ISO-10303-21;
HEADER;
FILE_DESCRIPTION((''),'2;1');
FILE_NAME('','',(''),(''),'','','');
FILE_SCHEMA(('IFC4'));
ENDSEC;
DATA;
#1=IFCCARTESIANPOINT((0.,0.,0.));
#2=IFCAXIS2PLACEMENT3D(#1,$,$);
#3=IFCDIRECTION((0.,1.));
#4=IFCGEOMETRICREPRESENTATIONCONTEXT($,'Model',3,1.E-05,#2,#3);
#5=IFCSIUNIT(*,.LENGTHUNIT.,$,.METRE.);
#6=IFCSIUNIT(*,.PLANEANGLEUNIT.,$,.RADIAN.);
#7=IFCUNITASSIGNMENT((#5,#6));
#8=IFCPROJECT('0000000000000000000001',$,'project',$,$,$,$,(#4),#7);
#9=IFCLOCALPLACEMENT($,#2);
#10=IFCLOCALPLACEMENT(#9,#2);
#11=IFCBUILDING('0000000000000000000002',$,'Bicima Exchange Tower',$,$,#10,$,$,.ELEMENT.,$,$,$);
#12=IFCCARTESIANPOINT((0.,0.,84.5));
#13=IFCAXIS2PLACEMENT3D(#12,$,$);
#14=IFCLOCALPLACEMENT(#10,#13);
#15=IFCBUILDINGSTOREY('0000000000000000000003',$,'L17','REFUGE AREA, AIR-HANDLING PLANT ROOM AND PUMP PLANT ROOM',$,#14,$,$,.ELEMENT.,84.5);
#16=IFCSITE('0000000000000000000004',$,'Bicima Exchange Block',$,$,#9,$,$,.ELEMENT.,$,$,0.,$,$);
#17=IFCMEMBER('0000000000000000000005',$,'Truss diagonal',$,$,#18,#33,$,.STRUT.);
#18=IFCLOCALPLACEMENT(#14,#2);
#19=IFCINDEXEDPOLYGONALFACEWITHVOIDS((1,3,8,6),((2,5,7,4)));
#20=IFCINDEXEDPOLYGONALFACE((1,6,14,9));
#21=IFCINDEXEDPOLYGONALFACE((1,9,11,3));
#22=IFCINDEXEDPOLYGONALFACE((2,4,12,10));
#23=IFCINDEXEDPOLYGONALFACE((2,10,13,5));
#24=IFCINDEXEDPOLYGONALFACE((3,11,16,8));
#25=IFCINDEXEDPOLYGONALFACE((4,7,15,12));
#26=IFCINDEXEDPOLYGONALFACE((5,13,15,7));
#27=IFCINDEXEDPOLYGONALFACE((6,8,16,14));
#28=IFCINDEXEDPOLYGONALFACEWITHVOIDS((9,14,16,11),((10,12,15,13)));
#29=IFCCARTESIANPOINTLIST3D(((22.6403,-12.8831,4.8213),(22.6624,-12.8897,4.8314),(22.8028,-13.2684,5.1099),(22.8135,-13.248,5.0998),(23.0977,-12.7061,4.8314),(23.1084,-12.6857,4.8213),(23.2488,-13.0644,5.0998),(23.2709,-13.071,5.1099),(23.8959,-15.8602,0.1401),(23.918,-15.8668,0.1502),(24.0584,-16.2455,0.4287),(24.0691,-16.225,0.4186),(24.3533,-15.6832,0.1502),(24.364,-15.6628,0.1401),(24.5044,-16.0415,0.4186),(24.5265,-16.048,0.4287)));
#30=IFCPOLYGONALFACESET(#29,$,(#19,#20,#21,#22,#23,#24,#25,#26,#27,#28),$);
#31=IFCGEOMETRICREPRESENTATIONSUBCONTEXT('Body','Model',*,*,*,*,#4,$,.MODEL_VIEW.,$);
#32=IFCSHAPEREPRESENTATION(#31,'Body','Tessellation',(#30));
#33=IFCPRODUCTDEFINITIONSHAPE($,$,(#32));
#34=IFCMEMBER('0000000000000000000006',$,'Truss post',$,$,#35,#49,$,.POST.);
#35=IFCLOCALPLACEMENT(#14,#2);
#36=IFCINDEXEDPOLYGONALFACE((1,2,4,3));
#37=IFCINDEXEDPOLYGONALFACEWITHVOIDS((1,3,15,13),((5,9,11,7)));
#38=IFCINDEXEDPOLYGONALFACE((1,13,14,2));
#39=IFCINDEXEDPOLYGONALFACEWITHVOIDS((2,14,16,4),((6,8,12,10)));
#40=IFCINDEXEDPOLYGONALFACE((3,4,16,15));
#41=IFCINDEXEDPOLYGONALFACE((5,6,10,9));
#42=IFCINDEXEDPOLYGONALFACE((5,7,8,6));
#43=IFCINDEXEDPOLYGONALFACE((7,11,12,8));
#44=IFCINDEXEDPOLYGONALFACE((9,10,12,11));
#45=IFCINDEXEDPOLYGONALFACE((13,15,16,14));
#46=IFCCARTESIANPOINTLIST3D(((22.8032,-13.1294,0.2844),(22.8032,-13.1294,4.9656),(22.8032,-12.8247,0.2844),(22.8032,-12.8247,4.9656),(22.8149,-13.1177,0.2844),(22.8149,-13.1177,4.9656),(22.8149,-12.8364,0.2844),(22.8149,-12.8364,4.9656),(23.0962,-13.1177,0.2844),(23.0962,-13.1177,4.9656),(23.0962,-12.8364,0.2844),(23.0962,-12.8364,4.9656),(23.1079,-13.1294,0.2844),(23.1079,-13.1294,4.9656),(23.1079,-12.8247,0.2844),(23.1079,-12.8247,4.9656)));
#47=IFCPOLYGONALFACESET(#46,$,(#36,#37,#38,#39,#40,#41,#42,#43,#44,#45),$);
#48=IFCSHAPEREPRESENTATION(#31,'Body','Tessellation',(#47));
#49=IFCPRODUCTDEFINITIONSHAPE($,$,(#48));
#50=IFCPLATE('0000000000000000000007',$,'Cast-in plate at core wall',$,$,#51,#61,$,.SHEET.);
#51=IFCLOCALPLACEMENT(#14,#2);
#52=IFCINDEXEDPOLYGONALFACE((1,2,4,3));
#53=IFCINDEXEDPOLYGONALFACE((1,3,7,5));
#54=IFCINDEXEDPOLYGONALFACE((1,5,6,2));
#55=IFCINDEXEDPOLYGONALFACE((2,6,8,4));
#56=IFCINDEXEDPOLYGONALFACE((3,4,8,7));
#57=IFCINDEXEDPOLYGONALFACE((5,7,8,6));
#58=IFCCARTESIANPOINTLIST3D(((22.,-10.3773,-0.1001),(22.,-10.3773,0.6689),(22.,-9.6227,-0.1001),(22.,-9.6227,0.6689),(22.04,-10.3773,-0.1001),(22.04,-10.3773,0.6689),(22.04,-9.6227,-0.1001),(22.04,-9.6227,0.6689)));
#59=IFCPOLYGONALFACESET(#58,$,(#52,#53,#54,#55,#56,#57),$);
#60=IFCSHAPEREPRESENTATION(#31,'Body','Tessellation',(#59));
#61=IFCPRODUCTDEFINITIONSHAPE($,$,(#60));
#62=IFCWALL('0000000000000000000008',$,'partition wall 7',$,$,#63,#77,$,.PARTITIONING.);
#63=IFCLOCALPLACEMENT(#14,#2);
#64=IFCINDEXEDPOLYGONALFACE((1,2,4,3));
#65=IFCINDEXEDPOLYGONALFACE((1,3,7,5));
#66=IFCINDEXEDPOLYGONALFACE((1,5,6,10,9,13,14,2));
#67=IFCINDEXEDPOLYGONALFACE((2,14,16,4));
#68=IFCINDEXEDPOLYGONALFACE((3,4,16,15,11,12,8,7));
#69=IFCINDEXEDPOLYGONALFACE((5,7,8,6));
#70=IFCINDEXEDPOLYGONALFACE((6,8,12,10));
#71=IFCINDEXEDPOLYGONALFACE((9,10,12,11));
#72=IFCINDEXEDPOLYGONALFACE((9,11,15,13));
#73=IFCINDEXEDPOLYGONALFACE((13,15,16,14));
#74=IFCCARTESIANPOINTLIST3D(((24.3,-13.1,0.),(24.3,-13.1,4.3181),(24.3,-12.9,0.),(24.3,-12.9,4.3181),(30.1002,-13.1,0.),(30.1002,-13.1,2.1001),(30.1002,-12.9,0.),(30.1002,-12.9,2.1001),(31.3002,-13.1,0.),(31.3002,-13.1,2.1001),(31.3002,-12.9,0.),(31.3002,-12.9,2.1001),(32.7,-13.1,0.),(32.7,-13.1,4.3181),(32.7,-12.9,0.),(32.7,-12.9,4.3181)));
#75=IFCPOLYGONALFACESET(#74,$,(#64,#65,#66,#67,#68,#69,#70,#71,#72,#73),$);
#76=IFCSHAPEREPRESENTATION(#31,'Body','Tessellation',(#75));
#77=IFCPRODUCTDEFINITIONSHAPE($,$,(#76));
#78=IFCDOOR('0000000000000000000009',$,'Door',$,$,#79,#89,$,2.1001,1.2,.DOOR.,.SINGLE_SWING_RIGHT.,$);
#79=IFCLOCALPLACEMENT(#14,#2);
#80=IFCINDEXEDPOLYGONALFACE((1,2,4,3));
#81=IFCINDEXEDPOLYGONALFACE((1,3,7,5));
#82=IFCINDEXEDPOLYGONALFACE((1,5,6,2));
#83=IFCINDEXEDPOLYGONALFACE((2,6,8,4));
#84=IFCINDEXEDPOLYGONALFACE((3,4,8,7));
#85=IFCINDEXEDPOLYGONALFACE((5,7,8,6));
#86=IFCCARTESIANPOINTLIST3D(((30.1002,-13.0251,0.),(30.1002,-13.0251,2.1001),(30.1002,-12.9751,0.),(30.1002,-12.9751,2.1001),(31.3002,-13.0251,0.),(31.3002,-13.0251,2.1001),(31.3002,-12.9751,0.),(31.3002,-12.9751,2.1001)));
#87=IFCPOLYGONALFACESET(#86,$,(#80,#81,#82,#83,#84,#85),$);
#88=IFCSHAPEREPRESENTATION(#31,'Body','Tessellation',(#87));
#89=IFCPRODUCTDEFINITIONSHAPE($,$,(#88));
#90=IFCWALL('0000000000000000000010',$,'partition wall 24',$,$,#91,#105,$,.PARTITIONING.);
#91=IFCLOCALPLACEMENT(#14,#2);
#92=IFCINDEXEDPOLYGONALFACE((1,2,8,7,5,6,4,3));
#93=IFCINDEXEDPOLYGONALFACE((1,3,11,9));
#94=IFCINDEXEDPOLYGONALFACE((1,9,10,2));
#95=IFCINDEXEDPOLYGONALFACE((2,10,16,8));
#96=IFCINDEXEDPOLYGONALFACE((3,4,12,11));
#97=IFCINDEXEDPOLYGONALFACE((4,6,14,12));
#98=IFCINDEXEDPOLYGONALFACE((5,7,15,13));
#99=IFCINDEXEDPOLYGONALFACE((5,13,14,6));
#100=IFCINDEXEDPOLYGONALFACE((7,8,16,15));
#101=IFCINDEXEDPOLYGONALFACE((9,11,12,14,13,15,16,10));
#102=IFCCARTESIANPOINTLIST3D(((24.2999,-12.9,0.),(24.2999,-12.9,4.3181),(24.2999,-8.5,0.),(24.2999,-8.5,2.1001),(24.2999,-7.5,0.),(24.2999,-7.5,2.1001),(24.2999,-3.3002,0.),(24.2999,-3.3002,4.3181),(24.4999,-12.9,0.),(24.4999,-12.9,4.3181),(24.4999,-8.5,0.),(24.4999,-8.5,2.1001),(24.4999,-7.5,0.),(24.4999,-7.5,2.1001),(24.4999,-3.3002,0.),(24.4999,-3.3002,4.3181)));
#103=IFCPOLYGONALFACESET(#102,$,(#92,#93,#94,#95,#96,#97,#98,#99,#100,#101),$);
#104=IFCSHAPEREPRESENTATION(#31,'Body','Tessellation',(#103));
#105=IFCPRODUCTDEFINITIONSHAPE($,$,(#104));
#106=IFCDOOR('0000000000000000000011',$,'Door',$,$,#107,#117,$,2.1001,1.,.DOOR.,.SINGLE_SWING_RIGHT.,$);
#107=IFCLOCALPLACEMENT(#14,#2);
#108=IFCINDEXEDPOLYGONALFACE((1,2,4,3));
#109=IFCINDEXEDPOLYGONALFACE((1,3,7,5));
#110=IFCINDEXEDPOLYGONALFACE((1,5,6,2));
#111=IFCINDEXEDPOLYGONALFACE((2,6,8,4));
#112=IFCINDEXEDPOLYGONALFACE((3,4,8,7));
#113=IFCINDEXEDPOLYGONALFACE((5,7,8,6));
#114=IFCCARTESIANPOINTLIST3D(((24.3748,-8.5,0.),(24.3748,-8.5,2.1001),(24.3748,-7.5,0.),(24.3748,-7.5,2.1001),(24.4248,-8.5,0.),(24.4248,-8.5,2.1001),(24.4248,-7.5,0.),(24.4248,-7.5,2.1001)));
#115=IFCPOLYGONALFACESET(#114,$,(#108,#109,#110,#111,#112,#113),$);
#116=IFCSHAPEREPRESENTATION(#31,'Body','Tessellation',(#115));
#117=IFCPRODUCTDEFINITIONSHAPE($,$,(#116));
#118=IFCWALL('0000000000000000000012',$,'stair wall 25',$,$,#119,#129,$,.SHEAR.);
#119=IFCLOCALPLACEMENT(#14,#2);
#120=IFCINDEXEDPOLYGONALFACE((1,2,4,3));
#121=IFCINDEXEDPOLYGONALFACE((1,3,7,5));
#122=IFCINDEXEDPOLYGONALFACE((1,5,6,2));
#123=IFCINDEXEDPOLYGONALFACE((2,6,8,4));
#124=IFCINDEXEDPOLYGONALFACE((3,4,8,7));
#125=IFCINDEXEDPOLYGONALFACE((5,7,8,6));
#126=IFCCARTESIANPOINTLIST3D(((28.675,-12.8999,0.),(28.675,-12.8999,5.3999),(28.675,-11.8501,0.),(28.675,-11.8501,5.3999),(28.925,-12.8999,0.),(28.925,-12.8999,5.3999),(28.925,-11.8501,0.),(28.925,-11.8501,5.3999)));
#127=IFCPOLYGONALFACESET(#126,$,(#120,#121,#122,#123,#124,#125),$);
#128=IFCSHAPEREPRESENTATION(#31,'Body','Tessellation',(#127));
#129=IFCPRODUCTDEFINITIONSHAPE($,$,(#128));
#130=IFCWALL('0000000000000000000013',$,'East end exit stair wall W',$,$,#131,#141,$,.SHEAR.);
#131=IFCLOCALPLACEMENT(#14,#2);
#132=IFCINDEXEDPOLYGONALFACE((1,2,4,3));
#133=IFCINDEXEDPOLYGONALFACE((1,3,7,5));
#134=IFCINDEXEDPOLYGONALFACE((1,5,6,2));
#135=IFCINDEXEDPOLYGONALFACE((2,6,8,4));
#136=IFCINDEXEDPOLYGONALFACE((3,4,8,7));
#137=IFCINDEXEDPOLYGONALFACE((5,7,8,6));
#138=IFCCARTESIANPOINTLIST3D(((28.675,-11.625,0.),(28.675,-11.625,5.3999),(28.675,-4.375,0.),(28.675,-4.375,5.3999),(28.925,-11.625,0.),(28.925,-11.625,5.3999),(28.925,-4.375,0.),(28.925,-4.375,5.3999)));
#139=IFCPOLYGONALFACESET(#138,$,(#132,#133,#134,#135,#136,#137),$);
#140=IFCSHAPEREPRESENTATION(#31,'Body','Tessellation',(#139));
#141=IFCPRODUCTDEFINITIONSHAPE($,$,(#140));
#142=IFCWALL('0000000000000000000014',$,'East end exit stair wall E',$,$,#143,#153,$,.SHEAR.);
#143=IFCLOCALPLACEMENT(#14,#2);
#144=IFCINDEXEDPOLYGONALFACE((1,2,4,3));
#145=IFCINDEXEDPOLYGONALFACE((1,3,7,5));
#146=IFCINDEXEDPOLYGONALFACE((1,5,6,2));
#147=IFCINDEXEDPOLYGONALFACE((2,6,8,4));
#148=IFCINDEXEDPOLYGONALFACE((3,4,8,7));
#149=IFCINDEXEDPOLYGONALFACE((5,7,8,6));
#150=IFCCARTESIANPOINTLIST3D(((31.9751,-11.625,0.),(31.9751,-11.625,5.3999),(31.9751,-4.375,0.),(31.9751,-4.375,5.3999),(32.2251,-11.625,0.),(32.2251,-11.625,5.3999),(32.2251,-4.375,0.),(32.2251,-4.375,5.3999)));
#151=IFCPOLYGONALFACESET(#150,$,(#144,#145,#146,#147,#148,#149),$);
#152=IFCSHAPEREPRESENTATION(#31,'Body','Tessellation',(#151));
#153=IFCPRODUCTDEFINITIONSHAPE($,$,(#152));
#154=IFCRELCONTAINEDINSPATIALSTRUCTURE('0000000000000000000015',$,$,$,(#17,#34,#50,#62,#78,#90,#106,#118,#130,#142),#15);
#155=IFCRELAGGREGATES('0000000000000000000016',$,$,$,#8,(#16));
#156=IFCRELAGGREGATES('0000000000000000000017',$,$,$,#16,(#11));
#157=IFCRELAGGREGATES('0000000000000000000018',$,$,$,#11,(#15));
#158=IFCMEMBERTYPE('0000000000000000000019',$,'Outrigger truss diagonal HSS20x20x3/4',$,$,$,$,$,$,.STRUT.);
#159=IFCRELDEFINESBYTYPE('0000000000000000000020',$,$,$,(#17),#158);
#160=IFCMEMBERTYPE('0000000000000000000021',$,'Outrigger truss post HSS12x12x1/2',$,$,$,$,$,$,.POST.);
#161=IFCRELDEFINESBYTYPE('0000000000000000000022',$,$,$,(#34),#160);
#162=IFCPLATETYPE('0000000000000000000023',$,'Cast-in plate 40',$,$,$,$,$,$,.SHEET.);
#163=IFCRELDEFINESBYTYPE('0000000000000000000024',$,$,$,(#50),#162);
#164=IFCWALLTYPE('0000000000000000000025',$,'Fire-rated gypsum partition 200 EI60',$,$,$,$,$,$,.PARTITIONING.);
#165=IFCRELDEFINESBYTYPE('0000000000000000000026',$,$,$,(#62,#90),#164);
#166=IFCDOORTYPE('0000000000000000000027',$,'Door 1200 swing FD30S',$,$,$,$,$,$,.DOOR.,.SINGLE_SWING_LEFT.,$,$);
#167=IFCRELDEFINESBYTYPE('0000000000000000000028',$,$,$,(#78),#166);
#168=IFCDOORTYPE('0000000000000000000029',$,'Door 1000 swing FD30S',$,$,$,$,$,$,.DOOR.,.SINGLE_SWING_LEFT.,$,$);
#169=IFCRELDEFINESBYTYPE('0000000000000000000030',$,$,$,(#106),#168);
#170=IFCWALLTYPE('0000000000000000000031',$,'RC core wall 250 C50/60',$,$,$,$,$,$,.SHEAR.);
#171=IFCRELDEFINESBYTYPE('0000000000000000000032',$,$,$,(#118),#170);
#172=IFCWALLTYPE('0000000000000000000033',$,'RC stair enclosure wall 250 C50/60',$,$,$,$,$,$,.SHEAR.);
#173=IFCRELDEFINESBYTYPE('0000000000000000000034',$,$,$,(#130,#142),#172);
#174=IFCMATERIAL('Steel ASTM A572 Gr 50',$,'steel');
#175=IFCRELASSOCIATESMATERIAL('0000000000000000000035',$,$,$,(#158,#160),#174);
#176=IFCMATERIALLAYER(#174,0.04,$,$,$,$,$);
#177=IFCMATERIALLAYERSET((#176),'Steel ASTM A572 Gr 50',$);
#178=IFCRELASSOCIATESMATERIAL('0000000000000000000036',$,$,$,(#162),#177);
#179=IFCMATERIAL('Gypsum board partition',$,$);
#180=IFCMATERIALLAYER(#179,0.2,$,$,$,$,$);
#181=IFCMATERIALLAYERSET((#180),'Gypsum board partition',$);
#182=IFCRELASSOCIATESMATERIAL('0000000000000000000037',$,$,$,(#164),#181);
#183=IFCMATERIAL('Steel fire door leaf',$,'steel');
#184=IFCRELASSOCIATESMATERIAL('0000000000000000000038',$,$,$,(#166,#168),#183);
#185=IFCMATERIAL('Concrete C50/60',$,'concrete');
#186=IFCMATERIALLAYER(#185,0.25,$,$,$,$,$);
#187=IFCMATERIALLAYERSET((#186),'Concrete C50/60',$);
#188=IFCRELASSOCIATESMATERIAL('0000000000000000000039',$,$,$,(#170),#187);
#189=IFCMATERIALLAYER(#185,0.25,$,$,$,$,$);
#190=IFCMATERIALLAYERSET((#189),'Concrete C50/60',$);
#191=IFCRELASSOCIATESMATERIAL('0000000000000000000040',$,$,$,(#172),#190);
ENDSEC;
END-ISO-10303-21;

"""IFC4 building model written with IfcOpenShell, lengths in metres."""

from ifc_helpers import new_model, si_unit, direction, frame, frame_2d, origin, origin_2d, place, context, subcontext, project, spatial, rectangle, hollow_rectangle, extrude, material, layer, layer_set, material_profile, profile_set, type_object, element, fill, save


model = new_model("IFC4")

# Units and contexts
model_context = context("Model", 3, precision=1e-05, world=origin(), true_north=direction((0.0, 1.0)))
body_context = subcontext(model_context, "Body", "Model", "MODEL_VIEW")
ifc_project = project(units=[si_unit("LENGTHUNIT", "METRE"), si_unit("PLANEANGLEUNIT", "RADIAN")], contexts=[model_context])

# Site, building, storey
site_placement = place(None, origin())
site = spatial("IfcSite", under=ifc_project, at=site_placement, Name="Bicima Exchange Block", CompositionType="ELEMENT", RefElevation=0.0)
building_placement = place(site_placement, origin())
building = spatial("IfcBuilding", under=site, at=building_placement, Name="Bicima Exchange Tower", CompositionType="ELEMENT")
storey_placement = place(building_placement, frame((0.0, 0.0, 84.5)))
storey = spatial("IfcBuildingStorey", under=building, at=storey_placement, Name="L17", Description="REFUGE AREA, AIR-HANDLING PLANT ROOM AND PUMP PLANT ROOM", CompositionType="ELEMENT", Elevation=84.5)

# Members
ifc_material_1 = material(Name="Steel ASTM A572 Gr 50", Category="steel")
ifc_material_profile_1 = material_profile(ifc_material_1, hollow_rectangle(XDim=0.5081, YDim=0.5081, WallThickness=0.0178, at=origin_2d()))
ifc_profile_set_1 = profile_set([ifc_material_profile_1], Name="Steel ASTM A572 Gr 50")
member_type_1 = type_object("IfcMemberType", Name="Outrigger truss diagonal HSS20x20x3/4", PredefinedType="STRUT", material=ifc_profile_set_1)
member_1_placement = place(storey_placement, frame((22.9556, -12.9771, 4.9656), z_axis=(0.220751, -0.523398, -0.822997), x_axis=(0.921401, 0.388614, 0.0)))
element("IfcMember", 1, at=member_1_placement, inside=storey, type_object=member_type_1, Name="Truss diagonal", PredefinedType="STRUT", context=body_context, shape_type="SweptSolid", body=[
    extrude(hollow_rectangle(XDim=0.5081, YDim=0.5081, WallThickness=0.0178, at=origin_2d()), origin(), (0.0, 0.0, 1.0), 5.688),
])
ifc_material_profile_2 = material_profile(ifc_material_1, hollow_rectangle(XDim=0.3047, YDim=0.3047, WallThickness=0.0117, at=origin_2d()))
ifc_profile_set_2 = profile_set([ifc_material_profile_2], Name="Steel ASTM A572 Gr 50")
member_type_2 = type_object("IfcMemberType", Name="Outrigger truss post HSS12x12x1/2", PredefinedType="POST", material=ifc_profile_set_2)
member_2_placement = place(storey_placement, frame((22.9556, -12.9771, 0.2844), z_axis=(0.0, 0.0, 1.0), x_axis=(1.0, 0.0, 0.0)))
element("IfcMember", 2, at=member_2_placement, inside=storey, type_object=member_type_2, Name="Truss post", PredefinedType="POST", context=body_context, shape_type="SweptSolid", body=[
    extrude(hollow_rectangle(XDim=0.3047, YDim=0.3047, WallThickness=0.0117, at=origin_2d()), origin(), (0.0, 0.0, 1.0), 4.6812),
])

# Plate
ifc_layer_1 = layer(ifc_material_1, 0.04)
ifc_layer_set_1 = layer_set([ifc_layer_1], Name="Steel ASTM A572 Gr 50")
plate_type = type_object("IfcPlateType", Name="Cast-in plate 40", PredefinedType="SHEET", material=ifc_layer_set_1)
plate_placement = place(storey_placement, frame((22.02, -10.0, -0.1001), z_axis=(0.0, 0.0, 1.0), x_axis=(1.0, 0.0, 0.0)))
element("IfcPlate", 3, at=plate_placement, inside=storey, type_object=plate_type, Name="Cast-in plate at core wall", PredefinedType="SHEET", context=body_context, shape_type="SweptSolid", body=[
    extrude(rectangle(XDim=0.04, YDim=0.7546, at=origin_2d()), origin(), (0.0, 0.0, 1.0), 0.769),
])

# Walls, openings, doors
ifc_material_2 = material(Name="Gypsum board partition")
ifc_layer_2 = layer(ifc_material_2, 0.2)
ifc_layer_set_2 = layer_set([ifc_layer_2], Name="Gypsum board partition")
wall_type_1 = type_object("IfcWallType", Name="Fire-rated gypsum partition 200 EI60", PredefinedType="PARTITIONING", material=ifc_layer_set_2)
wall_1_placement = place(storey_placement, frame((24.3, -13.0, 0.0), z_axis=(0.0, 0.0, 1.0), x_axis=(1.0, 0.0, 0.0)))
wall_1 = element("IfcWall", 4, at=wall_1_placement, inside=storey, type_object=wall_type_1, Name="partition wall 7", PredefinedType="PARTITIONING", context=body_context, shape_type="SweptSolid", body=[
    extrude(rectangle(XDim=8.3999, YDim=0.2, at=frame_2d((4.2, 0.0))), origin(), (0.0, 0.0, 1.0), 4.3181),
])
opening_1_placement = place(wall_1_placement, frame((5.8, 0.0, 0.0)))
opening_1 = element("IfcOpeningElement", 5, at=opening_1_placement, cuts=wall_1, PredefinedType="OPENING", context=body_context, shape_type="SweptSolid", body=[
    extrude(rectangle(XDim=1.2, YDim=2.1001, at=frame_2d((0.6001, 1.05))), frame((0.0, 0.1118, 0.0), z_axis=(0.0, -1.0, 0.0), x_axis=(1.0, 0.0, 0.0)), (0.0, 0.0, 1.0), 0.2239),
])
ifc_material_3 = material(Name="Steel fire door leaf", Category="steel")
door_type_1 = type_object("IfcDoorType", Name="Door 1200 swing FD30S", OperationType="SINGLE_SWING_LEFT", PredefinedType="DOOR", material=ifc_material_3)
door_1_placement = place(opening_1_placement, origin())
door_1 = element("IfcDoor", 6, at=door_1_placement, inside=storey, type_object=door_type_1, Name="Door", OperationType="SINGLE_SWING_RIGHT", OverallHeight=2.1001, OverallWidth=1.2, PredefinedType="DOOR", context=body_context, shape_type="SweptSolid", body=[
    extrude(rectangle(XDim=1.2, YDim=2.1001, at=frame_2d((0.6001, 1.05))), frame((0.0, 0.0249, 0.0), z_axis=(0.0, -1.0, 0.0), x_axis=(1.0, 0.0, 0.0)), (0.0, 0.0, 1.0), 0.05),
])
fill(opening_1, door_1)
wall_2_placement = place(storey_placement, frame((24.3999, -12.8999, 0.0), z_axis=(0.0, 0.0, 1.0), x_axis=(0.0, 1.0, 0.0)))
wall_2 = element("IfcWall", 7, at=wall_2_placement, inside=storey, type_object=wall_type_1, Name="partition wall 24", PredefinedType="PARTITIONING", context=body_context, shape_type="SweptSolid", body=[
    extrude(rectangle(XDim=9.5999, YDim=0.2, at=frame_2d((4.7998, 0.0))), origin(), (0.0, 0.0, 1.0), 4.3181),
])
opening_2_placement = place(wall_2_placement, frame((4.3999, 0.0, 0.0)))
opening_2 = element("IfcOpeningElement", 8, at=opening_2_placement, cuts=wall_2, PredefinedType="OPENING", context=body_context, shape_type="SweptSolid", body=[
    extrude(rectangle(XDim=1.0, YDim=2.1001, at=frame_2d((0.5, 1.05))), frame((0.0, 0.1118, 0.0), z_axis=(0.0, -1.0, 0.0), x_axis=(1.0, 0.0, 0.0)), (0.0, 0.0, 1.0), 0.2239),
])
door_type_2 = type_object("IfcDoorType", Name="Door 1000 swing FD30S", OperationType="SINGLE_SWING_LEFT", PredefinedType="DOOR", material=ifc_material_3)
door_2_placement = place(opening_2_placement, frame((1.0, 0.0, 0.0), z_axis=(0.0, 0.0, 1.0), x_axis=(-1.0, 0.0, 0.0)))
door_2 = element("IfcDoor", 9, at=door_2_placement, inside=storey, type_object=door_type_2, Name="Door", OperationType="SINGLE_SWING_RIGHT", OverallHeight=2.1001, OverallWidth=1.0, PredefinedType="DOOR", context=body_context, shape_type="SweptSolid", body=[
    extrude(rectangle(XDim=1.0, YDim=2.1001, at=frame_2d((0.5, 1.05))), frame((0.0, 0.0249, 0.0), z_axis=(0.0, -1.0, 0.0), x_axis=(1.0, 0.0, 0.0)), (0.0, 0.0, 1.0), 0.05),
])
fill(opening_2, door_2)

# Walls
ifc_material_4 = material(Name="Concrete C50/60", Category="concrete")
ifc_layer_3 = layer(ifc_material_4, 0.25)
ifc_layer_set_3 = layer_set([ifc_layer_3], Name="Concrete C50/60")
wall_type_2 = type_object("IfcWallType", Name="RC core wall 250 C50/60", PredefinedType="SHEAR", material=ifc_layer_set_3)
wall_3_placement = place(storey_placement, frame((28.8, -12.8999, 0.0), z_axis=(0.0, 0.0, 1.0), x_axis=(0.0, 1.0, 0.0)))
element("IfcWall", 10, at=wall_3_placement, inside=storey, type_object=wall_type_2, Name="stair wall 25", PredefinedType="SHEAR", context=body_context, shape_type="SweptSolid", body=[
    extrude(rectangle(XDim=1.0498, YDim=0.25, at=frame_2d((0.5249, 0.0))), origin(), (0.0, 0.0, 1.0), 5.3999),
])
ifc_layer_4 = layer(ifc_material_4, 0.25)
ifc_layer_set_4 = layer_set([ifc_layer_4], Name="Concrete C50/60")
wall_type_3 = type_object("IfcWallType", Name="RC stair enclosure wall 250 C50/60", PredefinedType="SHEAR", material=ifc_layer_set_4)
for number, where, z_axis, x_axis, name in (
    (11, (28.8, -11.625, 0.0), (0.0, 0.0, 1.0), (0.0, 1.0, 0.0), "East end exit stair wall W"),
    (12, (32.1001, -11.625, 0.0), (0.0, 0.0, 1.0), (0.0, 1.0, 0.0), "East end exit stair wall E"),
):
    element("IfcWall", number, at=place(storey_placement, frame(where, z_axis=z_axis, x_axis=x_axis)), inside=storey, type_object=wall_type_3, Name=name, PredefinedType="SHEAR", context=body_context, shape_type="SweptSolid", body=[
        extrude(rectangle(XDim=7.25, YDim=0.25, at=frame_2d((3.625, 0.0))), origin(), (0.0, 0.0, 1.0), 5.3999),
    ])

save(model, "model.ifc")
